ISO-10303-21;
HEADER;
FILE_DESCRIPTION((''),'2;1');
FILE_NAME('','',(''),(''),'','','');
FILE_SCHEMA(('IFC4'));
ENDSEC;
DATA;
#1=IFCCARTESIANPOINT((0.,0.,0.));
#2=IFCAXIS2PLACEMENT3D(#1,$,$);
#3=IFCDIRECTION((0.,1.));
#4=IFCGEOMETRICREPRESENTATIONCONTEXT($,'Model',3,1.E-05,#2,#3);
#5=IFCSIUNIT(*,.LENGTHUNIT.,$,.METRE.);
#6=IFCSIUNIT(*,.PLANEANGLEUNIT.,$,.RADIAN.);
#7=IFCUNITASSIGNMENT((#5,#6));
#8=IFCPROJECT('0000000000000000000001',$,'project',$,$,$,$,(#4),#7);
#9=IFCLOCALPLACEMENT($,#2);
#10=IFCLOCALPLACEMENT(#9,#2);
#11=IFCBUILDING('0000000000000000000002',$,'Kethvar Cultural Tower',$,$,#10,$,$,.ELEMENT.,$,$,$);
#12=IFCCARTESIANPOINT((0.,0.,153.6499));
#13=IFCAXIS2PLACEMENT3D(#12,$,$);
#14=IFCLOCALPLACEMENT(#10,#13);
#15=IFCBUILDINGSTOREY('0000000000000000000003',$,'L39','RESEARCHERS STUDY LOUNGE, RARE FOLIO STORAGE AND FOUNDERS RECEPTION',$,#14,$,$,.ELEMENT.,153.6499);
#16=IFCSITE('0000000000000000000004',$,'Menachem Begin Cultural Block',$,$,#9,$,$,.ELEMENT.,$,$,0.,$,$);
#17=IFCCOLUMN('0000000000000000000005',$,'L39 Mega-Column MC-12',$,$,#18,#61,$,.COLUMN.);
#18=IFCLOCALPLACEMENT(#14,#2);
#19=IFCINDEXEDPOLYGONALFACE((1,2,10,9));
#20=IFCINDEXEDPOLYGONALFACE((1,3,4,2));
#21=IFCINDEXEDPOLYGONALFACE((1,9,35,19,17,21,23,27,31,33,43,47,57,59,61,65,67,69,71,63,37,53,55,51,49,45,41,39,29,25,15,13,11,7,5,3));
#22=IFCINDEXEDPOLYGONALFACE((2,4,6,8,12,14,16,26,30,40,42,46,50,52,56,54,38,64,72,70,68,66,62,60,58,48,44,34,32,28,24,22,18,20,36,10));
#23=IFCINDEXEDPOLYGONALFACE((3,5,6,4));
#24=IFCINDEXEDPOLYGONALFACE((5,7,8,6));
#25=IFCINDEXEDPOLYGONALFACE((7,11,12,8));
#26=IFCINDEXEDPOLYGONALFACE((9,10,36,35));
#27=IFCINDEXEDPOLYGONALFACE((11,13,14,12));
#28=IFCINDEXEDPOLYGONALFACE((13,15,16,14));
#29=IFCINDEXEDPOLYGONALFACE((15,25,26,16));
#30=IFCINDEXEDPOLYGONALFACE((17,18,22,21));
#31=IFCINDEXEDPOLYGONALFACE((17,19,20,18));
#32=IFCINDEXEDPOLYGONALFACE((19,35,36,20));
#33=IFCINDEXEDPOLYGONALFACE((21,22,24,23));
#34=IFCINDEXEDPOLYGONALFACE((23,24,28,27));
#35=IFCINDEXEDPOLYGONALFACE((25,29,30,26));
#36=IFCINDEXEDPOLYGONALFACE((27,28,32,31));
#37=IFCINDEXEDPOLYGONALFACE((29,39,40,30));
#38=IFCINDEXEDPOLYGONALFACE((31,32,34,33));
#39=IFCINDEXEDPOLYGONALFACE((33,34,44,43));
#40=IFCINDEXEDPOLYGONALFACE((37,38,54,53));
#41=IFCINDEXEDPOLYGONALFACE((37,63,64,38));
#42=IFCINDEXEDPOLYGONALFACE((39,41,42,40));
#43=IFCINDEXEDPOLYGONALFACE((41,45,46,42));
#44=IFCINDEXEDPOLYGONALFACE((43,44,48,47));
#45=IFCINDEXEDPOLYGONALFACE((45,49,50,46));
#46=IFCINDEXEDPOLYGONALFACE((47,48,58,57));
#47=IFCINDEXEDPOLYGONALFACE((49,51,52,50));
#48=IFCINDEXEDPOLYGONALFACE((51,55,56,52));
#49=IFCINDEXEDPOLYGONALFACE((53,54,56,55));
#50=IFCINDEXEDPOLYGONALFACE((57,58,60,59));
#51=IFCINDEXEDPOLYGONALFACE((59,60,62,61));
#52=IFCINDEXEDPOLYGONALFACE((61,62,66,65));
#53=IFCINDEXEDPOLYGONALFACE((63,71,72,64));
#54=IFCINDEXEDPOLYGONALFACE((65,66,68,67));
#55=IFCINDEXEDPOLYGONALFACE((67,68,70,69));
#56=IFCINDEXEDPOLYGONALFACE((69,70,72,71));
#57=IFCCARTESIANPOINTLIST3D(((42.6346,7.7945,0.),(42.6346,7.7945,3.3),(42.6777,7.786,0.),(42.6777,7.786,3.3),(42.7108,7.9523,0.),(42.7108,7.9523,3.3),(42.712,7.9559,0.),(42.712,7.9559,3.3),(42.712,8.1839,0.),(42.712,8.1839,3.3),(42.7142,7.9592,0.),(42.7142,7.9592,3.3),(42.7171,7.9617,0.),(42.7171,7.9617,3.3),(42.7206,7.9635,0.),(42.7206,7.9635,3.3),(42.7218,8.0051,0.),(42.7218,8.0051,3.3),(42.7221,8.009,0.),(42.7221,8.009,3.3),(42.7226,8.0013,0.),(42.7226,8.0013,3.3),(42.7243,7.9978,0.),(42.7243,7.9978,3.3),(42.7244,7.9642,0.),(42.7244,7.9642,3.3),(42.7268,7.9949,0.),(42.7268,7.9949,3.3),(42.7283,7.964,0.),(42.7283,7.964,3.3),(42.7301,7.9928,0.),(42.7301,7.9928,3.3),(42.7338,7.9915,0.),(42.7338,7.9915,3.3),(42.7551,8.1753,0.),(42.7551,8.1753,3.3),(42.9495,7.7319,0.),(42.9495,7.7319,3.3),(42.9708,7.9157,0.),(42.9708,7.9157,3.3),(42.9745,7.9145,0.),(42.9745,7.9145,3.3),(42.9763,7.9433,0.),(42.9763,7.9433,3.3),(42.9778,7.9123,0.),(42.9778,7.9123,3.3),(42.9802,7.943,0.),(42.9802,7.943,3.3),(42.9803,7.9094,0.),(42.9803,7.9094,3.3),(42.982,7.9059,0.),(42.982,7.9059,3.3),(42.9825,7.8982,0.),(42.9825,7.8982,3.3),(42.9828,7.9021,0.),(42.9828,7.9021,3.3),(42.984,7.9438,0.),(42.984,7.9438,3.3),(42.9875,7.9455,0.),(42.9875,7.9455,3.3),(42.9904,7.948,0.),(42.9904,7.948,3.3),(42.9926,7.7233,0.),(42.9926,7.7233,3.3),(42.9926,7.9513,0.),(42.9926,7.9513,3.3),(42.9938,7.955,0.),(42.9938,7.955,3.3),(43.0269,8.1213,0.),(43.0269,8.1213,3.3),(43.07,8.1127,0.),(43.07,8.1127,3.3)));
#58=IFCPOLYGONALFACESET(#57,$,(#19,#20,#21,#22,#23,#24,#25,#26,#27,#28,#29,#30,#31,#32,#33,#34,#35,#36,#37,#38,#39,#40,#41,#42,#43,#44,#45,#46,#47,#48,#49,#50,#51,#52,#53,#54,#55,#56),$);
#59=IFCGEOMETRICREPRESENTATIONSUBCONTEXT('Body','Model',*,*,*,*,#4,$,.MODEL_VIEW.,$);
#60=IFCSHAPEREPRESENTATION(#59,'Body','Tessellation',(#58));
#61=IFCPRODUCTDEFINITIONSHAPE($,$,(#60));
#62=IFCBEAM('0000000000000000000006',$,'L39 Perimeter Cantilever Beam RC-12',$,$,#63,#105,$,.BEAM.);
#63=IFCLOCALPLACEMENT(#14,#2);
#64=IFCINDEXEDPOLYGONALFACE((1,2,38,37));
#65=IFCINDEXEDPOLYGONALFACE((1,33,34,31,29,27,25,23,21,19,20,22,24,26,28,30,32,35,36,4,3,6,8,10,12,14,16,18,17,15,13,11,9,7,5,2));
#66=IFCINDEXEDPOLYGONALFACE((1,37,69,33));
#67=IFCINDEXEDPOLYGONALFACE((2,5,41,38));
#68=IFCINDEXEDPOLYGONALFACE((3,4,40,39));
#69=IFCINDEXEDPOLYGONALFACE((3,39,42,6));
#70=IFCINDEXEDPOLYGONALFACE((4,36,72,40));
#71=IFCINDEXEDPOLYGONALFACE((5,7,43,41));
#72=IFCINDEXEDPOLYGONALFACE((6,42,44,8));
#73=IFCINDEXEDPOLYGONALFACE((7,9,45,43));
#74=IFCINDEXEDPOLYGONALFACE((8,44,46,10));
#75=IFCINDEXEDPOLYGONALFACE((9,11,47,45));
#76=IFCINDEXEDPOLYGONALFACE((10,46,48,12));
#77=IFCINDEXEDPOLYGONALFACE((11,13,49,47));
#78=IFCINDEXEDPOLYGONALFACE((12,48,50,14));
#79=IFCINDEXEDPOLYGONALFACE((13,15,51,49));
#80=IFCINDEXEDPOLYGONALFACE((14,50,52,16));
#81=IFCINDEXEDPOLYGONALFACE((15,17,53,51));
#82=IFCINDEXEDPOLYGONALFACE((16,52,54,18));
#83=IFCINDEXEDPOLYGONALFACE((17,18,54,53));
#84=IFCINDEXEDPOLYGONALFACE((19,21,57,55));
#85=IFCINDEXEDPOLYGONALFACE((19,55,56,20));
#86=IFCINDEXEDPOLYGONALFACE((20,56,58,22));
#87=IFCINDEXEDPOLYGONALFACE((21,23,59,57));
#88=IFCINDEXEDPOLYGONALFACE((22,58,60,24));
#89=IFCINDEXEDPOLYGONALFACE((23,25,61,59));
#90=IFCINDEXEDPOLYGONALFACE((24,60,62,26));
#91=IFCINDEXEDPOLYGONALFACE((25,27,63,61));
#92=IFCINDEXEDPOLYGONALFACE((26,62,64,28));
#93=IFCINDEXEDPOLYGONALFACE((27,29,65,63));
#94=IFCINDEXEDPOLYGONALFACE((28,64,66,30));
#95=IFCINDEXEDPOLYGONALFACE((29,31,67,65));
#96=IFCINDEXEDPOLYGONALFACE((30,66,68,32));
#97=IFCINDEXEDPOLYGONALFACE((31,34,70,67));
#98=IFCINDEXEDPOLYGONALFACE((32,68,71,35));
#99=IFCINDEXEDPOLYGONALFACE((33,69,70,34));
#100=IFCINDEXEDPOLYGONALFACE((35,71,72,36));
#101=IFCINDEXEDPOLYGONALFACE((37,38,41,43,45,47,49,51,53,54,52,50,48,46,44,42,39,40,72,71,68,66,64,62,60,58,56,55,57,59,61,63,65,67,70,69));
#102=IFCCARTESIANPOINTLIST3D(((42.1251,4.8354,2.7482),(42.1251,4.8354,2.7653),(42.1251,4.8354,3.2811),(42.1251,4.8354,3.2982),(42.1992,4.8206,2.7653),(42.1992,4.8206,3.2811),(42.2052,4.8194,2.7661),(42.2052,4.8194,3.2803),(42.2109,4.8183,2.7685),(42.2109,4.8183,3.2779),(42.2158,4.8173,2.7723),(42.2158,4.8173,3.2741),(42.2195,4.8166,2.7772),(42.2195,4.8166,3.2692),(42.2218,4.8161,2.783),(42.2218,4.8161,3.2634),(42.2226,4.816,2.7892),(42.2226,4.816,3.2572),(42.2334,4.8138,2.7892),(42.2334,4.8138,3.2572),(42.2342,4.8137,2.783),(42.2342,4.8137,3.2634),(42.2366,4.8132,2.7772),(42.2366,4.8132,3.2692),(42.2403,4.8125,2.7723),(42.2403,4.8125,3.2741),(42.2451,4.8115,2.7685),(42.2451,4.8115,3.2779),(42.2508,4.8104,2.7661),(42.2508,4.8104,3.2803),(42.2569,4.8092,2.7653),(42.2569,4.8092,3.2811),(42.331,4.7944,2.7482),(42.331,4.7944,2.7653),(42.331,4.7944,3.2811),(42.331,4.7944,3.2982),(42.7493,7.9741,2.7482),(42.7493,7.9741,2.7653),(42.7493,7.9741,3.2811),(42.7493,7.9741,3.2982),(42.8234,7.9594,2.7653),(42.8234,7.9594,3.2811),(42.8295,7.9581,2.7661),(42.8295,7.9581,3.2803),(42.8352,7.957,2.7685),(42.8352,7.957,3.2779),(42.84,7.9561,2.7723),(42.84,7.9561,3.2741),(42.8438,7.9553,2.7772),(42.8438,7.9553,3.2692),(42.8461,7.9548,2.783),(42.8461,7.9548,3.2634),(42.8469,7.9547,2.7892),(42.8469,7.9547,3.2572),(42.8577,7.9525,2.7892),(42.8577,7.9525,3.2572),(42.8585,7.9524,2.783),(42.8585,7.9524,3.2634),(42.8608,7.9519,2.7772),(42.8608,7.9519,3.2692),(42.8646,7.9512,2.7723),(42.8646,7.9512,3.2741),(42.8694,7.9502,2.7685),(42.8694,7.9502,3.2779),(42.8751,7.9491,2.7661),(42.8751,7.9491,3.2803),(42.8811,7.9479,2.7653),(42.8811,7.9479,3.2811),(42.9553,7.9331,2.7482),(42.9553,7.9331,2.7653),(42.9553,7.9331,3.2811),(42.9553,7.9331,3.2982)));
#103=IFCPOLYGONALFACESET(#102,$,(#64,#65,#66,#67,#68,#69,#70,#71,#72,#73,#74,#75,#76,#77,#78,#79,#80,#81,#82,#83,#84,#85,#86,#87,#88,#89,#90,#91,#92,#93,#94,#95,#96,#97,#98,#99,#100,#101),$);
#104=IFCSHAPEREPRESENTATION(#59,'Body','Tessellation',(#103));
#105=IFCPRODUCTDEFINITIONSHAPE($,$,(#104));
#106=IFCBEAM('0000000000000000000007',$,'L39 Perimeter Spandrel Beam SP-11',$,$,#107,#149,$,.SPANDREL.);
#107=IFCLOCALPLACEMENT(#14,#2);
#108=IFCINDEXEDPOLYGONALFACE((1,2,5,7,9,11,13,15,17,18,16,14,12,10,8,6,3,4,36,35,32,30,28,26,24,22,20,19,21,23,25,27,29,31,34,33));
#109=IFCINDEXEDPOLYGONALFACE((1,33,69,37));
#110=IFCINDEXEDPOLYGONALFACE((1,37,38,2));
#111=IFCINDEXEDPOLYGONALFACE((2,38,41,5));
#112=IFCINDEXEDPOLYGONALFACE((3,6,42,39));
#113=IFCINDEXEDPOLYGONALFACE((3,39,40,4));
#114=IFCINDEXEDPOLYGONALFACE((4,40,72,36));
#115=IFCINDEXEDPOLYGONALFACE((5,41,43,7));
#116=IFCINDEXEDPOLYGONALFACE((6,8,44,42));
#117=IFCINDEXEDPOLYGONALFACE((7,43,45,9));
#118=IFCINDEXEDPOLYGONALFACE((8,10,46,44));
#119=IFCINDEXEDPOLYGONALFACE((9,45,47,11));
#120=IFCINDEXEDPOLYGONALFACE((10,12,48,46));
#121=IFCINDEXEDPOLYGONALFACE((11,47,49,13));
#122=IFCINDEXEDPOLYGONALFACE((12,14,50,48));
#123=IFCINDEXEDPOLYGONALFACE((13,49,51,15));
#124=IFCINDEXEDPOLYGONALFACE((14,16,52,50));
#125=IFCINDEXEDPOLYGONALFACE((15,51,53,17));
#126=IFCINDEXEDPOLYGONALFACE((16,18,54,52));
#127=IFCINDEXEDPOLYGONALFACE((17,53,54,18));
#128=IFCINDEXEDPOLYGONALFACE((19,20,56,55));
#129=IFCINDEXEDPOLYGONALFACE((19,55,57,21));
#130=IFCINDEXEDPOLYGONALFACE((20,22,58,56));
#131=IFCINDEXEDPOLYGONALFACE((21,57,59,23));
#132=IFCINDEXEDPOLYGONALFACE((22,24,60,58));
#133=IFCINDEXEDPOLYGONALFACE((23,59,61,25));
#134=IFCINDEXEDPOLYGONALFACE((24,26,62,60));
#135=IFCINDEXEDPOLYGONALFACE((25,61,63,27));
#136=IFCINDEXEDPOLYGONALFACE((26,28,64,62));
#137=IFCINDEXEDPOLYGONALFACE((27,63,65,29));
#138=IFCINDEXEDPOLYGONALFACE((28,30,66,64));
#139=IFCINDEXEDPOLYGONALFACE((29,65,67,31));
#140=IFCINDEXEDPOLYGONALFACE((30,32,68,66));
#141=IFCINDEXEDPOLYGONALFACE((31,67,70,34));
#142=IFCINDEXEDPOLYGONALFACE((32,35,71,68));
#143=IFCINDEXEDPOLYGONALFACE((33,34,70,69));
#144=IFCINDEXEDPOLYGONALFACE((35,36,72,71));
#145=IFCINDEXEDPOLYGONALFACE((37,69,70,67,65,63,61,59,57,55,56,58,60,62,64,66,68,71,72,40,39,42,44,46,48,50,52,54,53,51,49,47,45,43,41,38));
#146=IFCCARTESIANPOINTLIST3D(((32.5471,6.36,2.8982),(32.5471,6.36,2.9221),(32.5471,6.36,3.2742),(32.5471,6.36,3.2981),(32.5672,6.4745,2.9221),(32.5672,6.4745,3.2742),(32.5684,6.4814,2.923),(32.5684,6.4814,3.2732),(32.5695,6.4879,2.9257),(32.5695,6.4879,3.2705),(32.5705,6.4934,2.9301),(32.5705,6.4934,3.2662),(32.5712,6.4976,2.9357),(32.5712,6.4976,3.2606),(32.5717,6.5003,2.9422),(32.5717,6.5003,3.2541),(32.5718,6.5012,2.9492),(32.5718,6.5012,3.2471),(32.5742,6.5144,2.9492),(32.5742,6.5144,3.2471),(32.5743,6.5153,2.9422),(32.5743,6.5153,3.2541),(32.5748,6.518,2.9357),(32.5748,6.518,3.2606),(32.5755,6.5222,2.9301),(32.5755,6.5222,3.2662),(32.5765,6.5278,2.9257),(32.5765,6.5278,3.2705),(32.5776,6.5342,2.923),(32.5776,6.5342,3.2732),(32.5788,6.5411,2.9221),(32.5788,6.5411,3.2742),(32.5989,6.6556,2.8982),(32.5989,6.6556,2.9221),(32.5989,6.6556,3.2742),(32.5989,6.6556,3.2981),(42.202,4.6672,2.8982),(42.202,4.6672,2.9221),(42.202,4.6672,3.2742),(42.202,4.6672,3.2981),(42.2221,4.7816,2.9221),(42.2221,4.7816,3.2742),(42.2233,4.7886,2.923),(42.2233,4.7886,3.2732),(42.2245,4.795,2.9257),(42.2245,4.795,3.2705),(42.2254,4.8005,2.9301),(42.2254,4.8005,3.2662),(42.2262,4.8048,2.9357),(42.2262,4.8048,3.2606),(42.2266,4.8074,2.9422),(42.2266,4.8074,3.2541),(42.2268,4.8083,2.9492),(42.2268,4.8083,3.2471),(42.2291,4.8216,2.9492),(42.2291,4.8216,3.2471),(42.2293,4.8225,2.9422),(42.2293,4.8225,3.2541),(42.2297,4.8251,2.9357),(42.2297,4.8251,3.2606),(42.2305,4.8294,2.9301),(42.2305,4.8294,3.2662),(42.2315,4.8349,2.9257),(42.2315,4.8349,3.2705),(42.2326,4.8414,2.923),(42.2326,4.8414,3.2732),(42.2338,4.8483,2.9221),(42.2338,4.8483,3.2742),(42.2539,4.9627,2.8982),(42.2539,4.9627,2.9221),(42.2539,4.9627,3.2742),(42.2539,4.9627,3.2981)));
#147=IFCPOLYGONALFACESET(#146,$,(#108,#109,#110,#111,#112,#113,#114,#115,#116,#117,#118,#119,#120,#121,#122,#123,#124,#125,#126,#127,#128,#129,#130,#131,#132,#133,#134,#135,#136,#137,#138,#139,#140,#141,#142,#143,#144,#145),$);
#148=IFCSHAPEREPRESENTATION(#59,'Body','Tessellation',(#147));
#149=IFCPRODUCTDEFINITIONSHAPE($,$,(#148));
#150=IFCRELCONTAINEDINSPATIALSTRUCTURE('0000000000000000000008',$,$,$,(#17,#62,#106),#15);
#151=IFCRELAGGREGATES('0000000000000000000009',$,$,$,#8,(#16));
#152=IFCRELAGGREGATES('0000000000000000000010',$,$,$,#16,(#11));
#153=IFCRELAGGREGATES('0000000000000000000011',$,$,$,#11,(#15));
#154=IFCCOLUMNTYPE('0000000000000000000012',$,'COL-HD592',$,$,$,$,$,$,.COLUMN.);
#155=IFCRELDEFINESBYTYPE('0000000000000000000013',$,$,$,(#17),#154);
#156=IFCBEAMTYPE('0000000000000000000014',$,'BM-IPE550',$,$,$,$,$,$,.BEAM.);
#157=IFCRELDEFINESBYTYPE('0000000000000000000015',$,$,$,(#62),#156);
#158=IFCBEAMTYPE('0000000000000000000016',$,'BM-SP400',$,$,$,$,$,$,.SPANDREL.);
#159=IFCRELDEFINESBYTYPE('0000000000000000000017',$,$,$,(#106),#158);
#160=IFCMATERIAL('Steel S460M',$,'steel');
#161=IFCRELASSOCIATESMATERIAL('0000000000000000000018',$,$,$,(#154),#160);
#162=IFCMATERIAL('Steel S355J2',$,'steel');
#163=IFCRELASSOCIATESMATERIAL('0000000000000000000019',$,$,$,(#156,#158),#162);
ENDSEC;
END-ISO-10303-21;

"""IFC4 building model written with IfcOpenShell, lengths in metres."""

from ifc_helpers import new_model, si_unit, direction, frame, origin, origin_2d, place, context, subcontext, project, spatial, i_section, extrude, source, transform, mapped, material, material_profile, profile_set, type_object, element, save


model = new_model("IFC4")

# Units and contexts
model_context = context("Model", 3, precision=1e-05, world=origin(), true_north=direction((0.0, 1.0)))
body_context = subcontext(model_context, "Body", "Model", "MODEL_VIEW")
ifc_project = project(units=[si_unit("LENGTHUNIT", "METRE"), si_unit("PLANEANGLEUNIT", "RADIAN")], contexts=[model_context])

# Site, building, storey
site_placement = place(None, origin())
site = spatial("IfcSite", under=ifc_project, at=site_placement, Name="Menachem Begin Cultural Block", CompositionType="ELEMENT", RefElevation=0.0)
building_placement = place(site_placement, origin())
building = spatial("IfcBuilding", under=site, at=building_placement, Name="Kethvar Cultural Tower", CompositionType="ELEMENT")
storey_placement = place(building_placement, frame((0.0, 0.0, 153.6499)))
storey = spatial("IfcBuildingStorey", under=building, at=storey_placement, Name="L39", Description="RESEARCHERS STUDY LOUNGE, RARE FOLIO STORAGE AND FOUNDERS RECEPTION", CompositionType="ELEMENT", Elevation=153.6499)

# Column
ifc_material_1 = material(Name="Steel S460M", Category="steel")
ifc_material_profile_1 = material_profile(ifc_material_1, i_section(OverallWidth=0.397, OverallDepth=0.365, WebThickness=0.0281, FlangeThickness=0.0439, FilletRadius=0.0149, at=origin_2d()), Name="Steel S460M — HD400x592")
ifc_profile_set_1 = profile_set([ifc_material_profile_1], Name="Steel S460M — HD400x592")
column_type = type_object("IfcColumnType", Name="COL-HD592", PredefinedType="COLUMN", material=ifc_profile_set_1)
shared_shape_1 = source(origin(), body_context, "Body", "SweptSolid", [
    extrude(i_section(OverallWidth=0.397, OverallDepth=0.365, WebThickness=0.0281, FlangeThickness=0.0439, FilletRadius=0.0149, at=origin_2d()), origin(), (0.0, 0.0, 1.0), 3.3),
])
column_placement = place(storey_placement, frame((42.8523, 7.9536, 0.0), z_axis=(0.0, 0.0, 1.0), x_axis=(-0.19509, -0.980785, 0.0)))
element("IfcColumn", 1, at=column_placement, inside=storey, type_object=column_type, Name="L39 Mega-Column MC-12", PredefinedType="COLUMN", context=body_context, shape_type="MappedRepresentation", body=[
    mapped(shared_shape_1, transform((0.0, 0.0, 0.0), scale=1.0)),
])

# Beams
ifc_material_2 = material(Name="Steel S355J2", Category="steel")
ifc_material_profile_2 = material_profile(ifc_material_2, i_section(OverallWidth=0.21, OverallDepth=0.55, WebThickness=0.011, FlangeThickness=0.0171, FilletRadius=0.0239, at=origin_2d()), Name="Steel S355J2 — IPE550")
ifc_profile_set_2 = profile_set([ifc_material_profile_2], Name="Steel S355J2 — IPE550")
beam_type_1 = type_object("IfcBeamType", Name="BM-IPE550", PredefinedType="BEAM", material=ifc_profile_set_2)
shared_shape_2 = source(origin(), body_context, "Body", "SweptSolid", [
    extrude(i_section(OverallWidth=0.21, OverallDepth=0.55, WebThickness=0.011, FlangeThickness=0.0171, FilletRadius=0.0239, at=origin_2d()), origin(), (0.0, 0.0, 1.0), 3.2002),
])
beam_1_placement = place(storey_placement, frame((42.8523, 7.9536, 3.0232), z_axis=(-0.195074, -0.980788, 0.0), x_axis=(0.980788, -0.195074, 0.0)))
element("IfcBeam", 2, at=beam_1_placement, inside=storey, type_object=beam_type_1, Name="L39 Perimeter Cantilever Beam RC-12", PredefinedType="BEAM", context=body_context, shape_type="MappedRepresentation", body=[
    mapped(shared_shape_2, transform((0.0, 0.0, 0.0), scale=1.0)),
])
ifc_material_profile_3 = material_profile(ifc_material_2, i_section(OverallWidth=0.3, OverallDepth=0.3999, WebThickness=0.0134, FlangeThickness=0.0239, FilletRadius=0.0271, at=origin_2d()), Name="Steel S355J2 — HEB400")
ifc_profile_set_3 = profile_set([ifc_material_profile_3], Name="Steel S355J2 — HEB400")
beam_type_2 = type_object("IfcBeamType", Name="BM-SP400", PredefinedType="SPANDREL", material=ifc_profile_set_3)
shared_shape_3 = source(origin(), body_context, "Body", "SweptSolid", [
    extrude(i_section(OverallWidth=0.3, OverallDepth=0.3999, WebThickness=0.0134, FlangeThickness=0.0239, FilletRadius=0.0271, at=origin_2d()), origin(), (0.0, 0.0, 1.0), 9.8022),
])
beam_2_placement = place(storey_placement, frame((32.573, 6.5078, 3.0981), z_axis=(0.984974, -0.172701, 0.0), x_axis=(0.172701, 0.984974, 0.0)))
element("IfcBeam", 3, at=beam_2_placement, inside=storey, type_object=beam_type_2, Name="L39 Perimeter Spandrel Beam SP-11", PredefinedType="SPANDREL", context=body_context, shape_type="MappedRepresentation", body=[
    mapped(shared_shape_3, transform((0.0, 0.0, 0.0), scale=1.0)),
])

save(model, "model.ifc")
